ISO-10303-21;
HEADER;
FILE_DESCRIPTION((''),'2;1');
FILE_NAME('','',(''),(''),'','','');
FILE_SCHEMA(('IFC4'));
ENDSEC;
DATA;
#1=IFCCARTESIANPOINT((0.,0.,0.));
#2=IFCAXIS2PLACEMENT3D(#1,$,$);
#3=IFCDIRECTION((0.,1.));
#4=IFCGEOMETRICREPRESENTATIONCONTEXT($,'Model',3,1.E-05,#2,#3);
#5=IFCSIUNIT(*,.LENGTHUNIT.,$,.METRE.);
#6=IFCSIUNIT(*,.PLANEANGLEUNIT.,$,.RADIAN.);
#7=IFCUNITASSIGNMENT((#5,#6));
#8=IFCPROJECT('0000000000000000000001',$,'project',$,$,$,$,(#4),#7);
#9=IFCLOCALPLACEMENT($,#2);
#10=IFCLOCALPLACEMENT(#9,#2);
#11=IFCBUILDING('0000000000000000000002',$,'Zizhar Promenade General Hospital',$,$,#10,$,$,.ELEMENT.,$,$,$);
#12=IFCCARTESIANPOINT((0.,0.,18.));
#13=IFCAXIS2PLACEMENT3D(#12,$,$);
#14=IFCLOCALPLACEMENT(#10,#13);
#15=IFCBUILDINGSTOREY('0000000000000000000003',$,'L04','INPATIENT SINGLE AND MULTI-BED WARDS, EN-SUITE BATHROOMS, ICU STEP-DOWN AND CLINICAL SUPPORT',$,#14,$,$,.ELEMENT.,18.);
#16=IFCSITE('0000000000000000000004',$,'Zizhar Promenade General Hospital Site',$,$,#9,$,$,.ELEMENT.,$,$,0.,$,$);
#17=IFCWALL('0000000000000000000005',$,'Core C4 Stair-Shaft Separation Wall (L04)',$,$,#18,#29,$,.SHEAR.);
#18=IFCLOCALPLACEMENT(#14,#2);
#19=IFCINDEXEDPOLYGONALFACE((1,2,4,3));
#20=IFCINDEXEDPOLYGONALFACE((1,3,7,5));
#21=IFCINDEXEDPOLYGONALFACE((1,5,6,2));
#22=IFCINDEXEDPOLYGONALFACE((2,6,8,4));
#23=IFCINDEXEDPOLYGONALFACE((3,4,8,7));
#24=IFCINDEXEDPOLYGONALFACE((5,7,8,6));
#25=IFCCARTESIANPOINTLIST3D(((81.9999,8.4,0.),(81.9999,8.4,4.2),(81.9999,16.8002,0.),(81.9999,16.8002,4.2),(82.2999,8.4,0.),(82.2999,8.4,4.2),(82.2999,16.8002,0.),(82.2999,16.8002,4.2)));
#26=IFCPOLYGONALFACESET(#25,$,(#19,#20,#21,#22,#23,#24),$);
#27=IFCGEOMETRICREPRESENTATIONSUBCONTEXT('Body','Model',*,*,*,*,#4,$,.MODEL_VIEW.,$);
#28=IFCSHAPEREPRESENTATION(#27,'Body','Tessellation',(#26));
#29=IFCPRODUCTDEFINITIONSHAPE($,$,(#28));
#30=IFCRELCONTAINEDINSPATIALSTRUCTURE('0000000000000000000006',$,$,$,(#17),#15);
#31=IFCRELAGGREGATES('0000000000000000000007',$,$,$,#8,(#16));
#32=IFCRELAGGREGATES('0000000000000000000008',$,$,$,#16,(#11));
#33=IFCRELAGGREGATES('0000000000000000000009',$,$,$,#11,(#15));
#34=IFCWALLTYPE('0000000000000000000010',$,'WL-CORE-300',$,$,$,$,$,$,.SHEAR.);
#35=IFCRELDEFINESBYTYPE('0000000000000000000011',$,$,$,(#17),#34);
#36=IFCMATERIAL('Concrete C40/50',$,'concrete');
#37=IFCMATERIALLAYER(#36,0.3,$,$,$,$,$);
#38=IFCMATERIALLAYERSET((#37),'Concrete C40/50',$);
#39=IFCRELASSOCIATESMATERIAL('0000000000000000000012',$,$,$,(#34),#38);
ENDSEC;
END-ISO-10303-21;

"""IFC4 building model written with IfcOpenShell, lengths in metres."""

from ifc_helpers import new_model, si_unit, direction, frame, frame_2d, origin, place, context, subcontext, project, spatial, rectangle, extrude, material, layer, layer_set, type_object, element, save


model = new_model("IFC4")

# Units and contexts
model_context = context("Model", 3, precision=1e-05, world=origin(), true_north=direction((0.0, 1.0)))
body_context = subcontext(model_context, "Body", "Model", "MODEL_VIEW")
ifc_project = project(units=[si_unit("LENGTHUNIT", "METRE"), si_unit("PLANEANGLEUNIT", "RADIAN")], contexts=[model_context])

# Site, building, storey
site_placement = place(None, origin())
site = spatial("IfcSite", under=ifc_project, at=site_placement, Name="Zizhar Promenade General Hospital Site", CompositionType="ELEMENT", RefElevation=0.0)
building_placement = place(site_placement, origin())
building = spatial("IfcBuilding", under=site, at=building_placement, Name="Zizhar Promenade General Hospital", CompositionType="ELEMENT")
storey_placement = place(building_placement, frame((0.0, 0.0, 18.0)))
storey = spatial("IfcBuildingStorey", under=building, at=storey_placement, Name="L04", Description="INPATIENT SINGLE AND MULTI-BED WARDS, EN-SUITE BATHROOMS, ICU STEP-DOWN AND CLINICAL SUPPORT", CompositionType="ELEMENT", Elevation=18.0)

# Wall
ifc_material_1 = material(Name="Concrete C40/50", Category="concrete")
ifc_layer_1 = layer(ifc_material_1, 0.3)
ifc_layer_set_1 = layer_set([ifc_layer_1], Name="Concrete C40/50")
wall_type_1 = type_object("IfcWallType", Name="WL-CORE-300", PredefinedType="SHEAR", material=ifc_layer_set_1)
wall_1_placement = place(storey_placement, frame((82.1499, 8.3999, 0.0), z_axis=(0.0, 0.0, 1.0), x_axis=(0.0, 1.0, 0.0)))
element("IfcWall", 1, at=wall_1_placement, inside=storey, type_object=wall_type_1, Name="Core C4 Stair-Shaft Separation Wall (L04)", PredefinedType="SHEAR", context=body_context, shape_type="SweptSolid", body=[
    extrude(rectangle(XDim=8.4001, YDim=0.3, at=frame_2d((4.2002, 0.0))), origin(), (0.0, 0.0, 1.0), 4.2),
])

save(model, "model.ifc")
